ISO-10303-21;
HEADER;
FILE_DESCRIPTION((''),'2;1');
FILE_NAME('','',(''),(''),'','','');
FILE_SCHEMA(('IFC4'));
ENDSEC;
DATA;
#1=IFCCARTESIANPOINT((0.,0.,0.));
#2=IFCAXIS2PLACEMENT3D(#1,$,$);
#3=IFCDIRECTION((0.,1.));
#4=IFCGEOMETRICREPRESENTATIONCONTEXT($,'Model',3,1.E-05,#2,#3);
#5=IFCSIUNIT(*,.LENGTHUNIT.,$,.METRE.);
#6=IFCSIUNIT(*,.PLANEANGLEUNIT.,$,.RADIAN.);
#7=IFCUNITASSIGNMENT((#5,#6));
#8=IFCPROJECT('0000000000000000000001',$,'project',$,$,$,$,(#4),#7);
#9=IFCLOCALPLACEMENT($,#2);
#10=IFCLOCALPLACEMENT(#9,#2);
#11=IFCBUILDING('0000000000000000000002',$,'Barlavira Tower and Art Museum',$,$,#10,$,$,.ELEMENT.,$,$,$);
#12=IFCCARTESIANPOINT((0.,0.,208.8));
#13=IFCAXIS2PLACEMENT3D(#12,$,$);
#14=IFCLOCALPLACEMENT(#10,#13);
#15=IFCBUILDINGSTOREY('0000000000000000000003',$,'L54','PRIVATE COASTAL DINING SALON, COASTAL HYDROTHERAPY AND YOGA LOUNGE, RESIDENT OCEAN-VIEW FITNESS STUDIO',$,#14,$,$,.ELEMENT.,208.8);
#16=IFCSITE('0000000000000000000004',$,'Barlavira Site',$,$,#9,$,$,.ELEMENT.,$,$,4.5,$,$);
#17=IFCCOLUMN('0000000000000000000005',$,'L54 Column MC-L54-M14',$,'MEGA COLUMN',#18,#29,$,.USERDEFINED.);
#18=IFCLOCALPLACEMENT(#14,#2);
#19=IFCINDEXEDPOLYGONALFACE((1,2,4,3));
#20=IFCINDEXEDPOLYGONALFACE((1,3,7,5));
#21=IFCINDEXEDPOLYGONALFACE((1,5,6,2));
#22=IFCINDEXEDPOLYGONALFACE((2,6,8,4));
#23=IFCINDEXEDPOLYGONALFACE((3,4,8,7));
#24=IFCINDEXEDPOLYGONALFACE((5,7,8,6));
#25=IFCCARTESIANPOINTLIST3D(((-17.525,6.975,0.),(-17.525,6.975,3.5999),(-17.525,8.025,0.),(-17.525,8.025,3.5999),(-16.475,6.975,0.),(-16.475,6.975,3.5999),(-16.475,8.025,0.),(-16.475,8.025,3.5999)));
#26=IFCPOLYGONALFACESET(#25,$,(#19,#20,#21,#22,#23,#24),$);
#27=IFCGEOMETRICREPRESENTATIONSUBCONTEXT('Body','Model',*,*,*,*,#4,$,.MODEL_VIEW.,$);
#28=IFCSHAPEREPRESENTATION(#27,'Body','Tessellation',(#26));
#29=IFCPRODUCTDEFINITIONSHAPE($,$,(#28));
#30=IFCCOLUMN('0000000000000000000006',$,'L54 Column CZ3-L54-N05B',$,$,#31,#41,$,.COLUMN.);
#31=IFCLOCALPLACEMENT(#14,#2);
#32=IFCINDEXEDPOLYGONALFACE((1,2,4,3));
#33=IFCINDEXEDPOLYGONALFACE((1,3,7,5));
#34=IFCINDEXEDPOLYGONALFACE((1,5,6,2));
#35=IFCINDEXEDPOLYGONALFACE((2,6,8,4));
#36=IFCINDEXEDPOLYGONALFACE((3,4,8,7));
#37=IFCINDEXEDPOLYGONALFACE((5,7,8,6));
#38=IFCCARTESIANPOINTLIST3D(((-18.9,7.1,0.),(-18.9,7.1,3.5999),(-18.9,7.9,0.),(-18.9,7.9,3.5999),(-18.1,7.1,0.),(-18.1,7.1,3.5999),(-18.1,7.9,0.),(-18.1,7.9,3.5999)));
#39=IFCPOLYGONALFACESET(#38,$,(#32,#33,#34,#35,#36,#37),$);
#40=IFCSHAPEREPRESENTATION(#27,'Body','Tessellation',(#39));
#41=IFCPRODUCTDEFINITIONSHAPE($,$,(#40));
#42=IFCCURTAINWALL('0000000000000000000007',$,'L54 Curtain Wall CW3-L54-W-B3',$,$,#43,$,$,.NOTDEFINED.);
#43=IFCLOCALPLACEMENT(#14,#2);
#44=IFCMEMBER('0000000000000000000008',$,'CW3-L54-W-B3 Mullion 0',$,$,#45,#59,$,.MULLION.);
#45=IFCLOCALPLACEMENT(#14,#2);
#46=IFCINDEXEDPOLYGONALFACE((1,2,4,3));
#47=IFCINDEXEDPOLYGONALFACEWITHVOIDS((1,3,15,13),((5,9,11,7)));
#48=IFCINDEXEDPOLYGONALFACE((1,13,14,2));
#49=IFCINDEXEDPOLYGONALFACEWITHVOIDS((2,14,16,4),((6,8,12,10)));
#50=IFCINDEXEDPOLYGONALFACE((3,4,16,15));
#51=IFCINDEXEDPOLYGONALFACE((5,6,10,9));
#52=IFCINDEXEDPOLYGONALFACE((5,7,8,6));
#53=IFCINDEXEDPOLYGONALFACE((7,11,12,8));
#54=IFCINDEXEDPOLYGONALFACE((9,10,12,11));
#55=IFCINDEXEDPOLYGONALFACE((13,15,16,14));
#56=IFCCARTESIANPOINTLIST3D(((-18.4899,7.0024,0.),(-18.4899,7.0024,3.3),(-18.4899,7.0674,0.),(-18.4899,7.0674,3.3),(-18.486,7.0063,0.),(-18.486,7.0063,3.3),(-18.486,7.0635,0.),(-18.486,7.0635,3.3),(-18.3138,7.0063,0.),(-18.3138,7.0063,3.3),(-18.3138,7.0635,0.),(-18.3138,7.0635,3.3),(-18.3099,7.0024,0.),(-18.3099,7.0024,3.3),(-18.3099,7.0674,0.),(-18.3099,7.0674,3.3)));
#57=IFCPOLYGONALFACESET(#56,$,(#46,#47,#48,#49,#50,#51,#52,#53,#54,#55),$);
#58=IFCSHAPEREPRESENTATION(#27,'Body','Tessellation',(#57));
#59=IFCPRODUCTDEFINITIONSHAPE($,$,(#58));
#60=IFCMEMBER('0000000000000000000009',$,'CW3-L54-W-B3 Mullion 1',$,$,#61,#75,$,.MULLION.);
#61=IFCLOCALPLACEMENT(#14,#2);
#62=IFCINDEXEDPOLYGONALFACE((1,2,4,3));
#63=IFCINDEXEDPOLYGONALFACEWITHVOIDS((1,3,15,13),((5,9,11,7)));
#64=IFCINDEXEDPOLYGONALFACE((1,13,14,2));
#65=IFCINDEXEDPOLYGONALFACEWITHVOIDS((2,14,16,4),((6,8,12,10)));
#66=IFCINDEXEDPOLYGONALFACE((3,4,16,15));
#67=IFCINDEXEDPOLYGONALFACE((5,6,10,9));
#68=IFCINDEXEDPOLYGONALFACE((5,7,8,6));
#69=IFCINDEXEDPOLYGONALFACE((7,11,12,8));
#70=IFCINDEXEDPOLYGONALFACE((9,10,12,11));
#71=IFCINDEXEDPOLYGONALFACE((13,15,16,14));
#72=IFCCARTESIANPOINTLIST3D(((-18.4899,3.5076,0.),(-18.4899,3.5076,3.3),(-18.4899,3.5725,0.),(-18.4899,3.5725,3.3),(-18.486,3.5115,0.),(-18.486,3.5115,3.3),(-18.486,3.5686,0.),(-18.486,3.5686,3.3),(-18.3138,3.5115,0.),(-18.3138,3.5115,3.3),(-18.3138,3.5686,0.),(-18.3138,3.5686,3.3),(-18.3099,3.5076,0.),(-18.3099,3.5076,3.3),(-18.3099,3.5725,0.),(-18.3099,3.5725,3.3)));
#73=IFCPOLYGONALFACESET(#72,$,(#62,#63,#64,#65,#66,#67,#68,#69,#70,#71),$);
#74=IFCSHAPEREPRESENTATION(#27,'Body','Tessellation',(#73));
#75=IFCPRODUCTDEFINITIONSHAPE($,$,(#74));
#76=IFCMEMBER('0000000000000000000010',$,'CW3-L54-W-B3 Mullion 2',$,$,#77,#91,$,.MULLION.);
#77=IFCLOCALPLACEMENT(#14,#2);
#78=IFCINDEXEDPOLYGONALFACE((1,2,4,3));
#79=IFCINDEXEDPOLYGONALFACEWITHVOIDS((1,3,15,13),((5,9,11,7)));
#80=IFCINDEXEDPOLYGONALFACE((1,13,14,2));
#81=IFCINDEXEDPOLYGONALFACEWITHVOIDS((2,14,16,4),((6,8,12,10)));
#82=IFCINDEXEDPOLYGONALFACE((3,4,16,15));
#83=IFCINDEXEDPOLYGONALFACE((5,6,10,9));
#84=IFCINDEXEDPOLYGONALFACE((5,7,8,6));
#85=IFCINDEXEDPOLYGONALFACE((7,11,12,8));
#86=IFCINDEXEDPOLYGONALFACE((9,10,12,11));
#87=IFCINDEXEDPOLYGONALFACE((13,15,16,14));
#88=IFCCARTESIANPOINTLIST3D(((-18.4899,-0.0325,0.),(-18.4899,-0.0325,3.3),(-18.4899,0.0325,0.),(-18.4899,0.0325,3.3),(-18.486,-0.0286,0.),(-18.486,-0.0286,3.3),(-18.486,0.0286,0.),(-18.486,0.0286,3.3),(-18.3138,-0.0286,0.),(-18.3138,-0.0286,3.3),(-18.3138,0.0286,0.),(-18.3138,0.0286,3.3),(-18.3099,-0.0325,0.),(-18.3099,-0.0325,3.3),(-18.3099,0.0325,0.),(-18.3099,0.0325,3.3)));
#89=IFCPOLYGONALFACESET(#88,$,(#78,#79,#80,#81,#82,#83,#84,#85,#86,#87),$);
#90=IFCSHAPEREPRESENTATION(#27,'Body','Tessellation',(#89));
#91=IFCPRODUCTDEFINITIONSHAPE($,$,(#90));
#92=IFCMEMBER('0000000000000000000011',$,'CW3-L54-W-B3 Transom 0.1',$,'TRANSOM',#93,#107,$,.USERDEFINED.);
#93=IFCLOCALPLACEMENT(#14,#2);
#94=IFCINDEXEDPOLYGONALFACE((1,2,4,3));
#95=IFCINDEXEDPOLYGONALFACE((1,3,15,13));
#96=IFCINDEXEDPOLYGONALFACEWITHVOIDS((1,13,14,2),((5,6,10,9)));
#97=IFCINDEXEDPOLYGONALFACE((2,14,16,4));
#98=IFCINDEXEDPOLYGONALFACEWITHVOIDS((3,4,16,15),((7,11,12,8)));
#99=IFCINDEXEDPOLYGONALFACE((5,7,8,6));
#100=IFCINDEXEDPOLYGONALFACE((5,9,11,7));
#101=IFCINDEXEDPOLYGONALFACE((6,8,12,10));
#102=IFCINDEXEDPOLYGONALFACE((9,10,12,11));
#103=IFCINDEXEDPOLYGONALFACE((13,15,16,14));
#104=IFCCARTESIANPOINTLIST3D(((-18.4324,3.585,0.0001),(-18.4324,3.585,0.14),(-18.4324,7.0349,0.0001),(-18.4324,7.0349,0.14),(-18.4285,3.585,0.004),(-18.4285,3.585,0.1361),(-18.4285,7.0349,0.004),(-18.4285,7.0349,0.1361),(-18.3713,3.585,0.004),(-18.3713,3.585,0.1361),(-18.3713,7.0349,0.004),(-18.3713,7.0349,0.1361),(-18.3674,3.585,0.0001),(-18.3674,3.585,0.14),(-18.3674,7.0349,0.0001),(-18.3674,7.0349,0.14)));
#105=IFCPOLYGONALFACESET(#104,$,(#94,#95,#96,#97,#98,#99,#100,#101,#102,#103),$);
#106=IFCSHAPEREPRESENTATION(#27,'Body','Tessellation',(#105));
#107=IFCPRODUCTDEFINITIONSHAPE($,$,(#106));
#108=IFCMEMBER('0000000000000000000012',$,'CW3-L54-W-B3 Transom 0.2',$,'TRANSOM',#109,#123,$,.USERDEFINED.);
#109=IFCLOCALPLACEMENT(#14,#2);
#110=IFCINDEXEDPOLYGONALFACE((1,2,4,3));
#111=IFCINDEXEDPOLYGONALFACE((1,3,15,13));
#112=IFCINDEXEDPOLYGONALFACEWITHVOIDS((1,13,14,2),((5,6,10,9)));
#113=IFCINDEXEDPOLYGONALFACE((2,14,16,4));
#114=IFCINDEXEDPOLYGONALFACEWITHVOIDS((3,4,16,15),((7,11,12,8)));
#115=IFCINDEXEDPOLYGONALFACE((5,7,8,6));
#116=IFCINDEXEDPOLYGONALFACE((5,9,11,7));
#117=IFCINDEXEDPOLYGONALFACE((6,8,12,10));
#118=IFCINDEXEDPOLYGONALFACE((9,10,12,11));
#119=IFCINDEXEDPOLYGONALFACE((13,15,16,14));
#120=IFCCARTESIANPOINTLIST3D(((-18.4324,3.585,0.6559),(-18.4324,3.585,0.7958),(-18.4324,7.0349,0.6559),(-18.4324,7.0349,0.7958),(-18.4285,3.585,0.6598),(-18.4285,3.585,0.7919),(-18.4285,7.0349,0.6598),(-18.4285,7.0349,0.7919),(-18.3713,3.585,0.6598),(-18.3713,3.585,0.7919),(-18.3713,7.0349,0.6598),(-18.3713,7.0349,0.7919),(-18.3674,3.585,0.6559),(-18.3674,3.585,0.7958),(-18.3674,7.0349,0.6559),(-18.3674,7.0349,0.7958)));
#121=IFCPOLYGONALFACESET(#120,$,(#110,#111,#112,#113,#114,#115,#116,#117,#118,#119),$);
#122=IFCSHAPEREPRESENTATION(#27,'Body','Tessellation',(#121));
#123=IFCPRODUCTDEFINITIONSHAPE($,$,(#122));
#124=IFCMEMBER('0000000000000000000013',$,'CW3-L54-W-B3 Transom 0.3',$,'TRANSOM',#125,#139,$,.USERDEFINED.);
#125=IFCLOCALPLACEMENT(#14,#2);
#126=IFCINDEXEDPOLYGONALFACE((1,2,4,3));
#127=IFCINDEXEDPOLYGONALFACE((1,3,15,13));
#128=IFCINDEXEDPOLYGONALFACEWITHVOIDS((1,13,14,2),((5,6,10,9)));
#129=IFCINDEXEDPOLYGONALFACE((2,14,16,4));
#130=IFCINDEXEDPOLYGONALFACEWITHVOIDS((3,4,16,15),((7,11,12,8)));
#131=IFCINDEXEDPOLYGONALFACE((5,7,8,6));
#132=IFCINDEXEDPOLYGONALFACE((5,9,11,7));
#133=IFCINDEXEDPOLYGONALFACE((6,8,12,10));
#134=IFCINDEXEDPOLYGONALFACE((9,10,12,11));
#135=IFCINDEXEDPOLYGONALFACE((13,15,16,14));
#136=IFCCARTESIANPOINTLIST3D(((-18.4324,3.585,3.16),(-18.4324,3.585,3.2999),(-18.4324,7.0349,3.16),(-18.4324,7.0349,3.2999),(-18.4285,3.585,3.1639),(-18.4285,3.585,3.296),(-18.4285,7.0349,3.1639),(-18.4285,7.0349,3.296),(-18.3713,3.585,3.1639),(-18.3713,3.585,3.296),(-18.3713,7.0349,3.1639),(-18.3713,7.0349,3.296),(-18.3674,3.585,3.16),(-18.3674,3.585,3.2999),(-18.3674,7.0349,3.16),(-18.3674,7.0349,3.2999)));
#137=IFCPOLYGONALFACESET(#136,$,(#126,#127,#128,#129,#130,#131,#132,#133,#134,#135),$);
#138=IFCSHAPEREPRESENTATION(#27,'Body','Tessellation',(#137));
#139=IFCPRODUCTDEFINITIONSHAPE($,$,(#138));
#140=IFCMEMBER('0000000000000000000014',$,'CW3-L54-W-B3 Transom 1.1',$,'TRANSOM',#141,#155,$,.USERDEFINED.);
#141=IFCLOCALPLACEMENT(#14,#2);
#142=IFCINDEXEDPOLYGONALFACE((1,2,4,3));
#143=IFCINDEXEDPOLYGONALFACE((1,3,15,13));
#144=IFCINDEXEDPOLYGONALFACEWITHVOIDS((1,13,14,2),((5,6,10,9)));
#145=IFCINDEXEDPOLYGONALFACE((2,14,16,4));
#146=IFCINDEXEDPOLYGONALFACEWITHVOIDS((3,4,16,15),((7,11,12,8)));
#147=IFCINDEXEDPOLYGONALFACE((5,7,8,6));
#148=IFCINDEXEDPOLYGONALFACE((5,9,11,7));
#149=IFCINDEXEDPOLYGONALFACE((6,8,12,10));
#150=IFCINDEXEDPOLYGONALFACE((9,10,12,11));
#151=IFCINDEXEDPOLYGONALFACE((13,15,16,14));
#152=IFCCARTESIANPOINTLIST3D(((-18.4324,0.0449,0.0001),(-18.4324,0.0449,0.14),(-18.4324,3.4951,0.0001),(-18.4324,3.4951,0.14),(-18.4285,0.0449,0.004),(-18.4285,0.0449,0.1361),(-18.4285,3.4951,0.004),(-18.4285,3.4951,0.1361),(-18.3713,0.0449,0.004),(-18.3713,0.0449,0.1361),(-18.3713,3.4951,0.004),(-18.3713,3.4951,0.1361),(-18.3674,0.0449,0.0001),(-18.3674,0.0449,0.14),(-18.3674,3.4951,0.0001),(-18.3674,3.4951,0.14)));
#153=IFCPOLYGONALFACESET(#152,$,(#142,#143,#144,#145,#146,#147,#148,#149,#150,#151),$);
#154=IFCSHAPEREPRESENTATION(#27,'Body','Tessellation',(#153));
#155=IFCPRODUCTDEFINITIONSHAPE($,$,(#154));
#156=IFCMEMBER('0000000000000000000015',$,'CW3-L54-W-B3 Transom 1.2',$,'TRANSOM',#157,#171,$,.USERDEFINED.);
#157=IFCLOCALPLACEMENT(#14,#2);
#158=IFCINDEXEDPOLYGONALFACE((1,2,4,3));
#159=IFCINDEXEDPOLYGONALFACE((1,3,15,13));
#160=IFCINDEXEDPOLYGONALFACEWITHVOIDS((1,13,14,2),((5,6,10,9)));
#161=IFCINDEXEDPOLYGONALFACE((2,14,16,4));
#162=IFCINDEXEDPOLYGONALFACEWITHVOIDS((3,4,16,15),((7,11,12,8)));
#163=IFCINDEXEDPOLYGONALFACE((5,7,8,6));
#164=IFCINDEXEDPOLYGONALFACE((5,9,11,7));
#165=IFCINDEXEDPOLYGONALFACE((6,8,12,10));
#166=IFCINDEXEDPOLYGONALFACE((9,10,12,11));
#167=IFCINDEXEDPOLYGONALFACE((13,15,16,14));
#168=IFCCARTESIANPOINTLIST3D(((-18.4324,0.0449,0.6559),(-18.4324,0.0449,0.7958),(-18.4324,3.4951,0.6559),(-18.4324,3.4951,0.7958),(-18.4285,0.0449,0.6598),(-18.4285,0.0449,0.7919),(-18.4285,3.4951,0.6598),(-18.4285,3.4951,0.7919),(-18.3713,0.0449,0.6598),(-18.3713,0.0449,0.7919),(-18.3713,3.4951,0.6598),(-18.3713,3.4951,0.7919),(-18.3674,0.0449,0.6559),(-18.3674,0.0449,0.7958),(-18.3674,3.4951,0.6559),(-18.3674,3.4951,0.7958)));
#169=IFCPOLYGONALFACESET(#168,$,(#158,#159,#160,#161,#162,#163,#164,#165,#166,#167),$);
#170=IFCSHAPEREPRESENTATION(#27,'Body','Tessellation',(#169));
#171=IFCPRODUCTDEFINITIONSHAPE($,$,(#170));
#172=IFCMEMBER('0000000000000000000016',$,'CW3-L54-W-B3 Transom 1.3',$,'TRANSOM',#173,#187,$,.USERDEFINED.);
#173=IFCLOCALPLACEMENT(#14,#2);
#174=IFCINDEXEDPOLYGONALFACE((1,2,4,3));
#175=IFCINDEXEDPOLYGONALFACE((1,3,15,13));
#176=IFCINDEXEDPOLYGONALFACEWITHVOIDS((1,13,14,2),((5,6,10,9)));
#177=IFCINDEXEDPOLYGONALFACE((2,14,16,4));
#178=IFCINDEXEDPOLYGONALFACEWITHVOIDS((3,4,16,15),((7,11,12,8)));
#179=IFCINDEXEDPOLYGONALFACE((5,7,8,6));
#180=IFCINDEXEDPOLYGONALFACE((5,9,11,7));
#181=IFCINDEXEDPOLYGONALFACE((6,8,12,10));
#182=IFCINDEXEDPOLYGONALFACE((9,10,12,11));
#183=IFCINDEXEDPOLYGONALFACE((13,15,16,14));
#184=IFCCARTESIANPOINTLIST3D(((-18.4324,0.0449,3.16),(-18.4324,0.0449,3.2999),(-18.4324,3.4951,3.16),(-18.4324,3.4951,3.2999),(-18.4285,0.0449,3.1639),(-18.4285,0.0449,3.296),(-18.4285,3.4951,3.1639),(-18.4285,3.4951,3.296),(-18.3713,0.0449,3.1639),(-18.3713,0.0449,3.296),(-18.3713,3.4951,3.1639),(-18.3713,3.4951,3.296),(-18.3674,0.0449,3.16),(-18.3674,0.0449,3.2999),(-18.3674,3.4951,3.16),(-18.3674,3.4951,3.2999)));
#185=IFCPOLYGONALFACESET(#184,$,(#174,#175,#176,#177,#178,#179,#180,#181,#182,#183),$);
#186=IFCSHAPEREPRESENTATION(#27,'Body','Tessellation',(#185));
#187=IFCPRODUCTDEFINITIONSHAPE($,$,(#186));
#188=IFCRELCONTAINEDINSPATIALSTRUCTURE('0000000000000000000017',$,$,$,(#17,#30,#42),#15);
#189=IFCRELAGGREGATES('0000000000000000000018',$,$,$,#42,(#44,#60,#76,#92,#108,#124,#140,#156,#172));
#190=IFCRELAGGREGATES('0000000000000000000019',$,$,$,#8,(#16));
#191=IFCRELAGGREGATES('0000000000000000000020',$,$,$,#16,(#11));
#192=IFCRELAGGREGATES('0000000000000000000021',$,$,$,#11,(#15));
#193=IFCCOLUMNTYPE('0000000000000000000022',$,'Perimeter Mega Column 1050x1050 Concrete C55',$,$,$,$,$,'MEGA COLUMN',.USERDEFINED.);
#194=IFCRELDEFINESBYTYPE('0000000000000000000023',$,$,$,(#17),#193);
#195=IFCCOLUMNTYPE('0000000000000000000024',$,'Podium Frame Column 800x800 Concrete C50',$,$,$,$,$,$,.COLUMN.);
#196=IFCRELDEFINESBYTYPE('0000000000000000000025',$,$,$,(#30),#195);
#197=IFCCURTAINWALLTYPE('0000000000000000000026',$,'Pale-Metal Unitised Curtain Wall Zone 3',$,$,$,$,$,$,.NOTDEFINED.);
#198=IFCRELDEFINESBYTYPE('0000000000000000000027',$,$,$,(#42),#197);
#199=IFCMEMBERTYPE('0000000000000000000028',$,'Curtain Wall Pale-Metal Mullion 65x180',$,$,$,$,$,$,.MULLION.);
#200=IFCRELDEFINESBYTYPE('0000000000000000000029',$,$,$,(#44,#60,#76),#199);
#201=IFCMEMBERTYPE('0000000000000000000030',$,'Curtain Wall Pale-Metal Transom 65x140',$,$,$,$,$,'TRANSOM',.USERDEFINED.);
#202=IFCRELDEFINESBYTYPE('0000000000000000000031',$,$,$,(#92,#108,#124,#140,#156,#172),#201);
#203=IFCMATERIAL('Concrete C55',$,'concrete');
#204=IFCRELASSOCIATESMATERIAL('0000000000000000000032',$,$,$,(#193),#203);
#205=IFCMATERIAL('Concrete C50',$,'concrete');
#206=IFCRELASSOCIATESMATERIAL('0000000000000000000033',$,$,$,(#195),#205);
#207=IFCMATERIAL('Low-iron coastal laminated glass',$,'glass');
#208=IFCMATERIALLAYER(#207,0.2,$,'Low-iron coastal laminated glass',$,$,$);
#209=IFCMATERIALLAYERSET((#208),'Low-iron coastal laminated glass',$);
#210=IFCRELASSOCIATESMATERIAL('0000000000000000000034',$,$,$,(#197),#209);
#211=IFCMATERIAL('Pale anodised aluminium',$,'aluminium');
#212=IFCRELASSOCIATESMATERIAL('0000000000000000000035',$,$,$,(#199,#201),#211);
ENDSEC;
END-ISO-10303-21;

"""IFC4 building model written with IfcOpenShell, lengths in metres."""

from ifc_helpers import new_model, si_unit, direction, frame, origin, origin_2d, place, context, subcontext, project, spatial, rectangle, hollow_rectangle, extrude, material, layer, layer_set, material_profile, profile_set, type_object, element, aggregate, save


model = new_model("IFC4")

# Units and contexts
model_context = context("Model", 3, precision=1e-05, world=origin(), true_north=direction((0.0, 1.0)))
body_context = subcontext(model_context, "Body", "Model", "MODEL_VIEW")
ifc_project = project(units=[si_unit("LENGTHUNIT", "METRE"), si_unit("PLANEANGLEUNIT", "RADIAN")], contexts=[model_context])

# Site, building, storey
site_placement = place(None, origin())
site = spatial("IfcSite", under=ifc_project, at=site_placement, Name="Barlavira Site", CompositionType="ELEMENT", RefElevation=4.5)
building_placement = place(site_placement, origin())
building = spatial("IfcBuilding", under=site, at=building_placement, Name="Barlavira Tower and Art Museum", CompositionType="ELEMENT")
storey_placement = place(building_placement, frame((0.0, 0.0, 208.8)))
storey = spatial("IfcBuildingStorey", under=building, at=storey_placement, Name="L54", Description="PRIVATE COASTAL DINING SALON, COASTAL HYDROTHERAPY AND YOGA LOUNGE, RESIDENT OCEAN-VIEW FITNESS STUDIO", CompositionType="ELEMENT", Elevation=208.8)

# Columns
ifc_material_1 = material(Name="Concrete C55", Category="concrete")
ifc_material_profile_1 = material_profile(ifc_material_1, rectangle(XDim=1.05, YDim=1.05, at=origin_2d()), Name="RC-COL 1050x1050")
ifc_profile_set_1 = profile_set([ifc_material_profile_1], Name="Concrete C55")
column_type_1 = type_object("IfcColumnType", Name="Perimeter Mega Column 1050x1050 Concrete C55", ElementType="MEGA COLUMN", PredefinedType="USERDEFINED", material=ifc_profile_set_1)
column_1_placement = place(storey_placement, frame((-17.0, 7.5, 0.0), z_axis=(0.0, 0.0, 1.0), x_axis=(1.0, 0.0, 0.0)))
element("IfcColumn", 1, at=column_1_placement, inside=storey, type_object=column_type_1, Name="L54 Column MC-L54-M14", ObjectType="MEGA COLUMN", PredefinedType="USERDEFINED", context=body_context, shape_type="SweptSolid", body=[
    extrude(rectangle(XDim=1.05, YDim=1.05, at=origin_2d()), origin(), (0.0, 0.0, 1.0), 3.5999),
])
ifc_material_2 = material(Name="Concrete C50", Category="concrete")
ifc_material_profile_2 = material_profile(ifc_material_2, rectangle(XDim=0.8, YDim=0.8, at=origin_2d()), Name="RC-COL 800x800")
ifc_profile_set_2 = profile_set([ifc_material_profile_2], Name="Concrete C50")
column_type_2 = type_object("IfcColumnType", Name="Podium Frame Column 800x800 Concrete C50", PredefinedType="COLUMN", material=ifc_profile_set_2)
column_2_placement = place(storey_placement, frame((-18.5, 7.5, 0.0), z_axis=(0.0, 0.0, 1.0), x_axis=(1.0, 0.0, 0.0)))
element("IfcColumn", 2, at=column_2_placement, inside=storey, type_object=column_type_2, Name="L54 Column CZ3-L54-N05B", PredefinedType="COLUMN", context=body_context, shape_type="SweptSolid", body=[
    extrude(rectangle(XDim=0.8, YDim=0.8, at=origin_2d()), origin(), (0.0, 0.0, 1.0), 3.5999),
])

# Curtain wall, members
ifc_material_3 = material(Name="Low-iron coastal laminated glass", Category="glass")
ifc_layer_1 = layer(ifc_material_3, 0.2, Name="Low-iron coastal laminated glass")
ifc_layer_set_1 = layer_set([ifc_layer_1], Name="Low-iron coastal laminated glass")
curtain_wall_type = type_object("IfcCurtainWallType", Name="Pale-Metal Unitised Curtain Wall Zone 3", PredefinedType="NOTDEFINED", material=ifc_layer_set_1)
curtain_wall_placement = place(storey_placement, origin())
curtain_wall = element("IfcCurtainWall", 3, at=curtain_wall_placement, inside=storey, type_object=curtain_wall_type, Name="L54 Curtain Wall CW3-L54-W-B3", PredefinedType="NOTDEFINED")
ifc_material_4 = material(Name="Pale anodised aluminium", Category="aluminium")
ifc_material_profile_3 = material_profile(ifc_material_4, hollow_rectangle(XDim=0.0649, YDim=0.1799, WallThickness=0.0039, at=origin_2d()), Name="ALU-MULL 65x180x4")
ifc_profile_set_3 = profile_set([ifc_material_profile_3], Name="Pale anodised aluminium")
member_type_1 = type_object("IfcMemberType", Name="Curtain Wall Pale-Metal Mullion 65x180", PredefinedType="MULLION", material=ifc_profile_set_3)
member_1_placement = place(storey_placement, frame((-18.3999, 7.0349, 0.0), z_axis=(0.0, 0.0, 1.0), x_axis=(0.0, -1.0, 0.0)))
member_1 = element("IfcMember", 4, at=member_1_placement, type_object=member_type_1, Name="CW3-L54-W-B3 Mullion 0", PredefinedType="MULLION", context=body_context, shape_type="SweptSolid", body=[
    extrude(hollow_rectangle(XDim=0.0649, YDim=0.1799, WallThickness=0.0039, at=origin_2d()), origin(), (0.0, 0.0, 1.0), 3.3),
])
member_2_placement = place(storey_placement, frame((-18.3999, 3.54, 0.0), z_axis=(0.0, 0.0, 1.0), x_axis=(0.0, -1.0, 0.0)))
member_2 = element("IfcMember", 5, at=member_2_placement, type_object=member_type_1, Name="CW3-L54-W-B3 Mullion 1", PredefinedType="MULLION", context=body_context, shape_type="SweptSolid", body=[
    extrude(hollow_rectangle(XDim=0.0649, YDim=0.1799, WallThickness=0.0039, at=origin_2d()), origin(), (0.0, 0.0, 1.0), 3.3),
])
member_3_placement = place(storey_placement, frame((-18.3999, 0.0, 0.0), z_axis=(0.0, 0.0, 1.0), x_axis=(0.0, -1.0, 0.0)))
member_3 = element("IfcMember", 6, at=member_3_placement, type_object=member_type_1, Name="CW3-L54-W-B3 Mullion 2", PredefinedType="MULLION", context=body_context, shape_type="SweptSolid", body=[
    extrude(hollow_rectangle(XDim=0.0649, YDim=0.1799, WallThickness=0.0039, at=origin_2d()), origin(), (0.0, 0.0, 1.0), 3.3),
])
ifc_material_profile_4 = material_profile(ifc_material_4, hollow_rectangle(XDim=0.0649, YDim=0.1399, WallThickness=0.0039, at=origin_2d()), Name="ALU-TRAN 65x140x4")
ifc_profile_set_4 = profile_set([ifc_material_profile_4], Name="Pale anodised aluminium")
member_type_2 = type_object("IfcMemberType", Name="Curtain Wall Pale-Metal Transom 65x140", ElementType="TRANSOM", PredefinedType="USERDEFINED", material=ifc_profile_set_4)
member_4_placement = place(storey_placement, frame((-18.3999, 7.0349, 0.0701), z_axis=(0.0, -1.0, 0.0), x_axis=(1.0, 0.0, 0.0)))
member_4 = element("IfcMember", 7, at=member_4_placement, type_object=member_type_2, Name="CW3-L54-W-B3 Transom 0.1", ObjectType="TRANSOM", PredefinedType="USERDEFINED", context=body_context, shape_type="SweptSolid", body=[
    extrude(hollow_rectangle(XDim=0.0649, YDim=0.1399, WallThickness=0.0039, at=origin_2d()), origin(), (0.0, 0.0, 1.0), 3.45),
])
member_5_placement = place(storey_placement, frame((-18.3999, 7.0349, 0.7258), z_axis=(0.0, -1.0, 0.0), x_axis=(1.0, 0.0, 0.0)))
member_5 = element("IfcMember", 8, at=member_5_placement, type_object=member_type_2, Name="CW3-L54-W-B3 Transom 0.2", ObjectType="TRANSOM", PredefinedType="USERDEFINED", context=body_context, shape_type="SweptSolid", body=[
    extrude(hollow_rectangle(XDim=0.0649, YDim=0.1399, WallThickness=0.0039, at=origin_2d()), origin(), (0.0, 0.0, 1.0), 3.45),
])
member_6_placement = place(storey_placement, frame((-18.3999, 7.0349, 3.23), z_axis=(0.0, -1.0, 0.0), x_axis=(1.0, 0.0, 0.0)))
member_6 = element("IfcMember", 9, at=member_6_placement, type_object=member_type_2, Name="CW3-L54-W-B3 Transom 0.3", ObjectType="TRANSOM", PredefinedType="USERDEFINED", context=body_context, shape_type="SweptSolid", body=[
    extrude(hollow_rectangle(XDim=0.0649, YDim=0.1399, WallThickness=0.0039, at=origin_2d()), origin(), (0.0, 0.0, 1.0), 3.45),
])
member_7_placement = place(storey_placement, frame((-18.3999, 3.4951, 0.0701), z_axis=(0.0, -1.0, 0.0), x_axis=(1.0, 0.0, 0.0)))
member_7 = element("IfcMember", 10, at=member_7_placement, type_object=member_type_2, Name="CW3-L54-W-B3 Transom 1.1", ObjectType="TRANSOM", PredefinedType="USERDEFINED", context=body_context, shape_type="SweptSolid", body=[
    extrude(hollow_rectangle(XDim=0.0649, YDim=0.1399, WallThickness=0.0039, at=origin_2d()), origin(), (0.0, 0.0, 1.0), 3.4502),
])
member_8_placement = place(storey_placement, frame((-18.3999, 3.4951, 0.7258), z_axis=(0.0, -1.0, 0.0), x_axis=(1.0, 0.0, 0.0)))
member_8 = element("IfcMember", 11, at=member_8_placement, type_object=member_type_2, Name="CW3-L54-W-B3 Transom 1.2", ObjectType="TRANSOM", PredefinedType="USERDEFINED", context=body_context, shape_type="SweptSolid", body=[
    extrude(hollow_rectangle(XDim=0.0649, YDim=0.1399, WallThickness=0.0039, at=origin_2d()), origin(), (0.0, 0.0, 1.0), 3.4502),
])
member_9_placement = place(storey_placement, frame((-18.3999, 3.4951, 3.23), z_axis=(0.0, -1.0, 0.0), x_axis=(1.0, 0.0, 0.0)))
member_9 = element("IfcMember", 12, at=member_9_placement, type_object=member_type_2, Name="CW3-L54-W-B3 Transom 1.3", ObjectType="TRANSOM", PredefinedType="USERDEFINED", context=body_context, shape_type="SweptSolid", body=[
    extrude(hollow_rectangle(XDim=0.0649, YDim=0.1399, WallThickness=0.0039, at=origin_2d()), origin(), (0.0, 0.0, 1.0), 3.4502),
])

aggregate(curtain_wall, [member_1, member_2, member_3, member_4, member_5, member_6, member_7, member_8, member_9])

save(model, "model.ifc")
